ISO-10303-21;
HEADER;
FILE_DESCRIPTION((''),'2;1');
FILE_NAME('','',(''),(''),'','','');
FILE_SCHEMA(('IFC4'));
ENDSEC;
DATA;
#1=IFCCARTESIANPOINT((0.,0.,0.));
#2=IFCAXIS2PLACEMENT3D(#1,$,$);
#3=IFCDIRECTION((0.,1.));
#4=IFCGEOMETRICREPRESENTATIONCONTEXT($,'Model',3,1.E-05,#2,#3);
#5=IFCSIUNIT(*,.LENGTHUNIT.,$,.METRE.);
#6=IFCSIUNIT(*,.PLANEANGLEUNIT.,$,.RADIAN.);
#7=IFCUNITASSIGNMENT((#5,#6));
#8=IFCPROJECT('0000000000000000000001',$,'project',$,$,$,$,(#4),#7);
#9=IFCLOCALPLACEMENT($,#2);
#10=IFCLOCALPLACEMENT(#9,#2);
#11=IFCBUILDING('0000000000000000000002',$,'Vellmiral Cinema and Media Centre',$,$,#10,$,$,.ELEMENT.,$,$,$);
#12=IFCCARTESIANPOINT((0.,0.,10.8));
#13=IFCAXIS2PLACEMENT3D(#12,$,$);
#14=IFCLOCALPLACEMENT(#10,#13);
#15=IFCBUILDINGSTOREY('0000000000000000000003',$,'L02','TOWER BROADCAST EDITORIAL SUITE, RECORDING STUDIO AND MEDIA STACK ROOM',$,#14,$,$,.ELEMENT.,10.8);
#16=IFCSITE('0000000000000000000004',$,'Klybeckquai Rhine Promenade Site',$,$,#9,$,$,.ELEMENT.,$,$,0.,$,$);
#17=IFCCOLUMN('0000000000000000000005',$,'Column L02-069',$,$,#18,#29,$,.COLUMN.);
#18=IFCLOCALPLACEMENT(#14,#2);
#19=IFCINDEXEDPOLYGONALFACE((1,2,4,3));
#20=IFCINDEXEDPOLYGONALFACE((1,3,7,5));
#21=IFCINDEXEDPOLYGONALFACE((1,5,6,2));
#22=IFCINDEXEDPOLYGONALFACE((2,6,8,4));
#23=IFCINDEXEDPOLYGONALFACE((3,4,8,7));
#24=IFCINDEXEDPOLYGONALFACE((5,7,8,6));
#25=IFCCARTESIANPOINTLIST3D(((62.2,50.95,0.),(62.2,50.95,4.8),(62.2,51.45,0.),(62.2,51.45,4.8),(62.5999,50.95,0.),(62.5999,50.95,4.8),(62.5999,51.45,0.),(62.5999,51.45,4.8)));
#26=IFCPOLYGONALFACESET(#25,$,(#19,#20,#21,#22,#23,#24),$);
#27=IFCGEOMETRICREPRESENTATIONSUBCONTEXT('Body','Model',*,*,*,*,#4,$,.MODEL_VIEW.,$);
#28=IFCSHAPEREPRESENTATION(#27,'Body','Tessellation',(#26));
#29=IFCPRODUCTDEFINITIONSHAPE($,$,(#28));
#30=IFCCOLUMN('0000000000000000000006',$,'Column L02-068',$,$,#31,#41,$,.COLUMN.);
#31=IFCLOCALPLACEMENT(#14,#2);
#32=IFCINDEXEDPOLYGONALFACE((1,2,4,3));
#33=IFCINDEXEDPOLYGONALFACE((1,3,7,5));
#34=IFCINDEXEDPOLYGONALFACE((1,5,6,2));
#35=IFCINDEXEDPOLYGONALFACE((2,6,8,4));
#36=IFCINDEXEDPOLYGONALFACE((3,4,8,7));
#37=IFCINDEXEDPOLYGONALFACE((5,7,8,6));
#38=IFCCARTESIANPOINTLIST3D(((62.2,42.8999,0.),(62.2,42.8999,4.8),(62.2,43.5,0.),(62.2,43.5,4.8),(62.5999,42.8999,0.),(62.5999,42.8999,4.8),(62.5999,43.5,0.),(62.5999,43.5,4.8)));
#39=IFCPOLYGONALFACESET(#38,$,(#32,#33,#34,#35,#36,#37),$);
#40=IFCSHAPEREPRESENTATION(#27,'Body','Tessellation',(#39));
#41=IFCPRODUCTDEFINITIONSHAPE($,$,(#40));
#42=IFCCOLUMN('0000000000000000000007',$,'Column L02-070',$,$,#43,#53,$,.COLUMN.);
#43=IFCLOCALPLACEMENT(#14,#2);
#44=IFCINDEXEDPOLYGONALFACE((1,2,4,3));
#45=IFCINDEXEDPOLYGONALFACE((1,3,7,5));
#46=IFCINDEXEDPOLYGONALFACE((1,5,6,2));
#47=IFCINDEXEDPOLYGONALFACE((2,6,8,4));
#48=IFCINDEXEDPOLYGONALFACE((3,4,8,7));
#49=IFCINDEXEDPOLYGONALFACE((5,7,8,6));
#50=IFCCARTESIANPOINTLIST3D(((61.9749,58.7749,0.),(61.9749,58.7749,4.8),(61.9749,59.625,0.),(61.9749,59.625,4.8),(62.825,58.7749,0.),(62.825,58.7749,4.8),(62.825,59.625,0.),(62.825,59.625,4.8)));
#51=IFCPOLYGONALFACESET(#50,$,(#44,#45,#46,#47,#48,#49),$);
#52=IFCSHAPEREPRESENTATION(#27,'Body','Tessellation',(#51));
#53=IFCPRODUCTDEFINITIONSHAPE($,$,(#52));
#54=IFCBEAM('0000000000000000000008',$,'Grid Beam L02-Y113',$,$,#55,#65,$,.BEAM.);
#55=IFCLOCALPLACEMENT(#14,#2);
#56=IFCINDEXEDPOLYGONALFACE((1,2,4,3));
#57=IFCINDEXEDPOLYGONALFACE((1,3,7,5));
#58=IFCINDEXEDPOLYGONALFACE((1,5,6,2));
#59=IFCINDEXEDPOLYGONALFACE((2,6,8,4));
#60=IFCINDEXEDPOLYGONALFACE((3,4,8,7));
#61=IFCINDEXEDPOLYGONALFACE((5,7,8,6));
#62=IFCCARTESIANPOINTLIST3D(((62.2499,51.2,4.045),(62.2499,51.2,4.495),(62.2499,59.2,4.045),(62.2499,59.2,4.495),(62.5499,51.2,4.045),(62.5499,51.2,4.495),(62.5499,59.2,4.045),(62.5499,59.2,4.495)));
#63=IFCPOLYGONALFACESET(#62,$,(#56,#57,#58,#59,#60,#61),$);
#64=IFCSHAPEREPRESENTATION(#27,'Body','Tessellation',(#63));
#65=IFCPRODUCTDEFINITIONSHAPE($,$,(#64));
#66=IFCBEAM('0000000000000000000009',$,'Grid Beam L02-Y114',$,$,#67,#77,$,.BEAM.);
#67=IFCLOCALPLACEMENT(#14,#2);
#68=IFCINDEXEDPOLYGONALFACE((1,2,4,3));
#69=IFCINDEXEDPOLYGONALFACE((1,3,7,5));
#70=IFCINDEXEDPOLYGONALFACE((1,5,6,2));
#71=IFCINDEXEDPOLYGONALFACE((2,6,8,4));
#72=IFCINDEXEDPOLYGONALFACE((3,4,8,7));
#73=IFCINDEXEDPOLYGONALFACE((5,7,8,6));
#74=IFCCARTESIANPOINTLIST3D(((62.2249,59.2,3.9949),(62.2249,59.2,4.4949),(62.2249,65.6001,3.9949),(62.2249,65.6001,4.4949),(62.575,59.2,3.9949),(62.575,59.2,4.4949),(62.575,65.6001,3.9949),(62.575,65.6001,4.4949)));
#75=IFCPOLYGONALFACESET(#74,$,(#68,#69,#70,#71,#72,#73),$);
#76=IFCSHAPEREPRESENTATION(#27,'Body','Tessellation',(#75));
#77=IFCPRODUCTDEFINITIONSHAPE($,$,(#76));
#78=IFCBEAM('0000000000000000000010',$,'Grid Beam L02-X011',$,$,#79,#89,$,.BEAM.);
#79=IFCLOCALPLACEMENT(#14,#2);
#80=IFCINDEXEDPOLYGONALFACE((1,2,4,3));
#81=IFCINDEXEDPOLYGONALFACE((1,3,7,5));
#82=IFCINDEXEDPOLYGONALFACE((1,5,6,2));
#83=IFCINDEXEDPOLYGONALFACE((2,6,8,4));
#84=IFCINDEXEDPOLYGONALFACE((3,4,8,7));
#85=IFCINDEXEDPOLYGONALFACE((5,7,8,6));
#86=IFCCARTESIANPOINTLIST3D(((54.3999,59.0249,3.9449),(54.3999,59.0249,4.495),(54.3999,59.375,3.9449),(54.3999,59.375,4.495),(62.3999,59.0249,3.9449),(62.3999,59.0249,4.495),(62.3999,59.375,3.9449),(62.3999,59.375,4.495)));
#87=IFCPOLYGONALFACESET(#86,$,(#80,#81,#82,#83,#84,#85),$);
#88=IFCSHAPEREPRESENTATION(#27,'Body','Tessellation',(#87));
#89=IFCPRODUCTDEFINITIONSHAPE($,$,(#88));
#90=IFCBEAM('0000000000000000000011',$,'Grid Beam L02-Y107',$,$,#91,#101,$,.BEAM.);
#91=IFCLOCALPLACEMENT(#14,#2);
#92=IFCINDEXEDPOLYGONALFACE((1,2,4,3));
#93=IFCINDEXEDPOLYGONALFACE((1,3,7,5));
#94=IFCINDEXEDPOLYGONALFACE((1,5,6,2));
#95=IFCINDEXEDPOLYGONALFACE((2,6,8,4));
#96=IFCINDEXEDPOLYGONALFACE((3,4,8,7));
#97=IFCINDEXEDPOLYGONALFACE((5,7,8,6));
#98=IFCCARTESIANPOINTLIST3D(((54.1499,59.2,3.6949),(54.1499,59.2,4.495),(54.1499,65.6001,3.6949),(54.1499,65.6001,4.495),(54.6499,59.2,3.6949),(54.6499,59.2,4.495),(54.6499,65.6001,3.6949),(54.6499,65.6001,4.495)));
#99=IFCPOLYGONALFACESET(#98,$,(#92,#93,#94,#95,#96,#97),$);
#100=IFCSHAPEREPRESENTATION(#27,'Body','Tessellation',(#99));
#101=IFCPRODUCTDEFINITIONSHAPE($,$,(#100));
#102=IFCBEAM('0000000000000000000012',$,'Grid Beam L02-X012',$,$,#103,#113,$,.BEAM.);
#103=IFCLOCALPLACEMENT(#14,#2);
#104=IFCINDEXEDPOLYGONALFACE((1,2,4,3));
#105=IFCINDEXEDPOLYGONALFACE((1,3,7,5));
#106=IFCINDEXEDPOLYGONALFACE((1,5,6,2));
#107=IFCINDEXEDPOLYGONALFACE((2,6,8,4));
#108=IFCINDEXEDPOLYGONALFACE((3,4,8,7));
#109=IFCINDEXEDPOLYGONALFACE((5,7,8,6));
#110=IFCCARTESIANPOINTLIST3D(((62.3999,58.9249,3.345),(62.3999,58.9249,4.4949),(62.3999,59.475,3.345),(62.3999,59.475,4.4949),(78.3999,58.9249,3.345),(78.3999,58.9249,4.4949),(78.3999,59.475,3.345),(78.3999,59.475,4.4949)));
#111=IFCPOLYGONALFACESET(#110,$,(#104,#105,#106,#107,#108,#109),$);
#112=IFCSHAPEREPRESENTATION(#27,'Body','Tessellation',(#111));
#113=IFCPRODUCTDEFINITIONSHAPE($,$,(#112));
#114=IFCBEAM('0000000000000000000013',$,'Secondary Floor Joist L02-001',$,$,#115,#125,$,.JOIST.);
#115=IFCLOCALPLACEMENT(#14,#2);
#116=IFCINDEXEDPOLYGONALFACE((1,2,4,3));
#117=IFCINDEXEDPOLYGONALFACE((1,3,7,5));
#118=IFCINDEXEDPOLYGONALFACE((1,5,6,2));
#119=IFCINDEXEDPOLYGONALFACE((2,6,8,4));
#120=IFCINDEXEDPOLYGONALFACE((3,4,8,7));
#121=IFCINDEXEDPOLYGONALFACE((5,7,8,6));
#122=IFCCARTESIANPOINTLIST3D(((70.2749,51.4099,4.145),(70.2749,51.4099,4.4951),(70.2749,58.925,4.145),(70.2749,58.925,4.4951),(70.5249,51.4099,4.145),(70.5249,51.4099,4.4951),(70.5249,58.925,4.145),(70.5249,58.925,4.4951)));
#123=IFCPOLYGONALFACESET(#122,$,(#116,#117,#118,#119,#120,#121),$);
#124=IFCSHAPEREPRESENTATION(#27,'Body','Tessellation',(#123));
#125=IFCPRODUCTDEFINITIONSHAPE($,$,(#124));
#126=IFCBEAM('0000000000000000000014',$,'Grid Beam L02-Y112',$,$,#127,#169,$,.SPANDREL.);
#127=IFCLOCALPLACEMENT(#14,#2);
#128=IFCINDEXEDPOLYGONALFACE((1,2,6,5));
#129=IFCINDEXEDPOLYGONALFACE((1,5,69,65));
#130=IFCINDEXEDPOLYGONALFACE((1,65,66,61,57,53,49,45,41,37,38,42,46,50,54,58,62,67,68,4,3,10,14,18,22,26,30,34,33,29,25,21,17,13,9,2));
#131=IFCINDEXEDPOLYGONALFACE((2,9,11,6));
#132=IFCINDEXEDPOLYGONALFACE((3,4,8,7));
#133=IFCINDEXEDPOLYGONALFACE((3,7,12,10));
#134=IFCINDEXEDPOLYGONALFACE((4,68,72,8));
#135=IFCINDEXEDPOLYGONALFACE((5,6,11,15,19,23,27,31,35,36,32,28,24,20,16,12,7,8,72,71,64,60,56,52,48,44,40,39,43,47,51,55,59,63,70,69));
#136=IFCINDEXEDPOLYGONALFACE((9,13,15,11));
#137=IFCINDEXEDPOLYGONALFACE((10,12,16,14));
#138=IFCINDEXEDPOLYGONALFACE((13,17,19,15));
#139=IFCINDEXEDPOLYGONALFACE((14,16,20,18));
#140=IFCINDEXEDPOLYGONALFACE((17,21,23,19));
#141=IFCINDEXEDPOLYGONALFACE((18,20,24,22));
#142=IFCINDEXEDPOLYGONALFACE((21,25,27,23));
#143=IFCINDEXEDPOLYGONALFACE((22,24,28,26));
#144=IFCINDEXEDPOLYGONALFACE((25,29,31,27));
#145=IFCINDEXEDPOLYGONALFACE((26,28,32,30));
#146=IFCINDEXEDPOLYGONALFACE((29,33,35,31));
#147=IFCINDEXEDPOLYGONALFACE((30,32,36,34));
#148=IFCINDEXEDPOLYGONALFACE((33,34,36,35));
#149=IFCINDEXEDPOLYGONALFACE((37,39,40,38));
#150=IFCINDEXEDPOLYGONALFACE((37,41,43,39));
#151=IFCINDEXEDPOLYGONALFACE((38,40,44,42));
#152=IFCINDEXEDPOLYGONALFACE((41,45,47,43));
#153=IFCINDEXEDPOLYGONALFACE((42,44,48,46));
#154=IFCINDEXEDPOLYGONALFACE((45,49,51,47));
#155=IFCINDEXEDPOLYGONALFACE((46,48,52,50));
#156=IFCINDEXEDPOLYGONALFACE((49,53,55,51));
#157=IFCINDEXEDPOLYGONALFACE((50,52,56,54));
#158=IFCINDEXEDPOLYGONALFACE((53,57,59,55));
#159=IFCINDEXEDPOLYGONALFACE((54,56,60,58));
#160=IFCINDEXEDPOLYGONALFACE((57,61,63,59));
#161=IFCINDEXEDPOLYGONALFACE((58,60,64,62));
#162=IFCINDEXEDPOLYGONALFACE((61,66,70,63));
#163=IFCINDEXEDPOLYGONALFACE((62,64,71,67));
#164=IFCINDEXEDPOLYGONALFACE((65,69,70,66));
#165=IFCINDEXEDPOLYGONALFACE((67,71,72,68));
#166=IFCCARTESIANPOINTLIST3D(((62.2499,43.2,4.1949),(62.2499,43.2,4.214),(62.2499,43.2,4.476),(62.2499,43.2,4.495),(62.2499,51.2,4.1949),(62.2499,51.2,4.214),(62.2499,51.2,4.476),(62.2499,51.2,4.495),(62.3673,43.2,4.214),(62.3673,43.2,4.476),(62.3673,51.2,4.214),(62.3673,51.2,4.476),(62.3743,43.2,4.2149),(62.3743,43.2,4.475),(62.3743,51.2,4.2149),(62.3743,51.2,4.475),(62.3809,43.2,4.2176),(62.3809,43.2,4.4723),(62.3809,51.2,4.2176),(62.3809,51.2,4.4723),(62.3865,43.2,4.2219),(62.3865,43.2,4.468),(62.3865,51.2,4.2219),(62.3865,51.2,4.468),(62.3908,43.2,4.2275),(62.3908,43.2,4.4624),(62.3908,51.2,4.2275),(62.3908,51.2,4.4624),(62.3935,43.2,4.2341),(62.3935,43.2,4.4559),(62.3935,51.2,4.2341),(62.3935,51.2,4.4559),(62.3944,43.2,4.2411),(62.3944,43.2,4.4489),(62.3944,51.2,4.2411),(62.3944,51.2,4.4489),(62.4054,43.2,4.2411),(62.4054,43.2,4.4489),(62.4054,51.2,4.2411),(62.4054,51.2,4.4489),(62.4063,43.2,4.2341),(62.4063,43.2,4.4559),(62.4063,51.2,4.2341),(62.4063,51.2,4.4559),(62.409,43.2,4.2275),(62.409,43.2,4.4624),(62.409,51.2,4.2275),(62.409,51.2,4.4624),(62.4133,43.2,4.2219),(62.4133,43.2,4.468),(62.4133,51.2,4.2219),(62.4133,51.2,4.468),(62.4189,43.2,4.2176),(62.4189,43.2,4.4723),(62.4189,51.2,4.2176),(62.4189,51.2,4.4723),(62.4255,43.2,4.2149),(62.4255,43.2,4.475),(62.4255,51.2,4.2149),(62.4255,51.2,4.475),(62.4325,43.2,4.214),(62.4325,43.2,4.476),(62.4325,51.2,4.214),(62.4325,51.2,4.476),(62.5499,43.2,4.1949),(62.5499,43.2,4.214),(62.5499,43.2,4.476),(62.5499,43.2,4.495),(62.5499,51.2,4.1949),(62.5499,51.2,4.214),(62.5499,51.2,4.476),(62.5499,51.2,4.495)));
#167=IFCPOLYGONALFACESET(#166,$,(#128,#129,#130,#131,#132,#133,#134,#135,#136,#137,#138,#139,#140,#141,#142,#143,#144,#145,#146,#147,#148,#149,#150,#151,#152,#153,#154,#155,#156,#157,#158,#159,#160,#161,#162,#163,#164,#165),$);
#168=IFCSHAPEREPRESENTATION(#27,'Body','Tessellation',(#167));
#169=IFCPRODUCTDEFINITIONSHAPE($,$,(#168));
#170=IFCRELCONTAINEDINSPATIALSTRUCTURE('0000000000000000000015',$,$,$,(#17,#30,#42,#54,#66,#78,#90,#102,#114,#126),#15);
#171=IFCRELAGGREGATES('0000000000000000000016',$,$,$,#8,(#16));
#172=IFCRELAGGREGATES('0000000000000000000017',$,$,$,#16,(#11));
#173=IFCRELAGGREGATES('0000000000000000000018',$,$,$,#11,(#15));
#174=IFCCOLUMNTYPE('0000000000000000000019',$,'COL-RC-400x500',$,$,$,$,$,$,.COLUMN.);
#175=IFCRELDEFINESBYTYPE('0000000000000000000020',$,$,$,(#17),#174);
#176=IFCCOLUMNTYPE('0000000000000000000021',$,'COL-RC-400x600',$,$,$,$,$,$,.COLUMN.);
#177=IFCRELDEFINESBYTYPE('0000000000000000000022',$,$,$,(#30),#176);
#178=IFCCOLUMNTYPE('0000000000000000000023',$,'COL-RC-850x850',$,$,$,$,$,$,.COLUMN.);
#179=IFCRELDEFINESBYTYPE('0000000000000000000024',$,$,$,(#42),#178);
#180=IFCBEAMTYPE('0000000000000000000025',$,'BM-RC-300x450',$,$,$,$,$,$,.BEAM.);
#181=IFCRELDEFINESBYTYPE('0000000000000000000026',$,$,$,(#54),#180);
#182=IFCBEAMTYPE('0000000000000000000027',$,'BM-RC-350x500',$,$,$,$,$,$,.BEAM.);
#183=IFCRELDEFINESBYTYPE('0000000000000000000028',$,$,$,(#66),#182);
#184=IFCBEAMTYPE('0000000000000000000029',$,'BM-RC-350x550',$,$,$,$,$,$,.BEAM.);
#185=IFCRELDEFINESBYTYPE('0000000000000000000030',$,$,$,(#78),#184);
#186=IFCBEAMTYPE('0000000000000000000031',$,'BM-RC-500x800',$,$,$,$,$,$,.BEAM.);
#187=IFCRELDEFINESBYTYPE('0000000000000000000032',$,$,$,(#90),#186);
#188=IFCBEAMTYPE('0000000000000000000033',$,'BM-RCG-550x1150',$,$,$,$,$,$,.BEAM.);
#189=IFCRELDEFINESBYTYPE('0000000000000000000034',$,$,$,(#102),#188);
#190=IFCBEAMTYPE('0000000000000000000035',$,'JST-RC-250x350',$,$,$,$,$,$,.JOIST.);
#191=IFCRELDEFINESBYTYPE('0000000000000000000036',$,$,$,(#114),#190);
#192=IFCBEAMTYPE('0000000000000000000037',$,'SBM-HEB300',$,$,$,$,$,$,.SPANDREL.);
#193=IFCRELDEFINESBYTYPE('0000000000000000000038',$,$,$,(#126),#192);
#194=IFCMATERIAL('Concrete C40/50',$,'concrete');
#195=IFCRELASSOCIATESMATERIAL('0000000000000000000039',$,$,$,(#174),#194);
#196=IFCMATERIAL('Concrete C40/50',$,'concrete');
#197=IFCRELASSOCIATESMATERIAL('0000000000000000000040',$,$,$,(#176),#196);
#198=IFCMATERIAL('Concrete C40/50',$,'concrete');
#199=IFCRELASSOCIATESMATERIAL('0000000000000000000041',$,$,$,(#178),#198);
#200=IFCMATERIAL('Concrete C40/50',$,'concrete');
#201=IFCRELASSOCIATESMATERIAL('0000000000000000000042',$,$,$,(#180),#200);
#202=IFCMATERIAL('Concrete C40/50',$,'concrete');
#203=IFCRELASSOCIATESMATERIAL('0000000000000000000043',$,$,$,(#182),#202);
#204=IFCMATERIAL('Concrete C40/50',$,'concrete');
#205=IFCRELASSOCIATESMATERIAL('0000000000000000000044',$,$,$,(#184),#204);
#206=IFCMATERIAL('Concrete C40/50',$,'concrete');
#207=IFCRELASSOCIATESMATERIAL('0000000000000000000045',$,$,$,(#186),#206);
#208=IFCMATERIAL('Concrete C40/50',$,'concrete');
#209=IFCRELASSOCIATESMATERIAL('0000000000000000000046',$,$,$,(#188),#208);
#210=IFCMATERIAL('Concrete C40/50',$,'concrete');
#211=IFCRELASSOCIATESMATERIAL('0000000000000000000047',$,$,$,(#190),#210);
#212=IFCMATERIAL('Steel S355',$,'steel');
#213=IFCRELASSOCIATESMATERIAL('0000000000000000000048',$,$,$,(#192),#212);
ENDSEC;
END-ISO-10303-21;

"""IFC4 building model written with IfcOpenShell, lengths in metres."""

from ifc_helpers import new_model, si_unit, direction, frame, origin, origin_2d, place, context, subcontext, project, spatial, rectangle, i_section, extrude, material, material_profile, profile_set, type_object, element, save


model = new_model("IFC4")

# Units and contexts
model_context = context("Model", 3, precision=1e-05, world=origin(), true_north=direction((0.0, 1.0)))
body_context = subcontext(model_context, "Body", "Model", "MODEL_VIEW")
ifc_project = project(units=[si_unit("LENGTHUNIT", "METRE"), si_unit("PLANEANGLEUNIT", "RADIAN")], contexts=[model_context])

# Site, building, storey
site_placement = place(None, origin())
site = spatial("IfcSite", under=ifc_project, at=site_placement, Name="Klybeckquai Rhine Promenade Site", CompositionType="ELEMENT", RefElevation=0.0)
building_placement = place(site_placement, origin())
building = spatial("IfcBuilding", under=site, at=building_placement, Name="Vellmiral Cinema and Media Centre", CompositionType="ELEMENT")
storey_placement = place(building_placement, frame((0.0, 0.0, 10.8)))
storey = spatial("IfcBuildingStorey", under=building, at=storey_placement, Name="L02", Description="TOWER BROADCAST EDITORIAL SUITE, RECORDING STUDIO AND MEDIA STACK ROOM", CompositionType="ELEMENT", Elevation=10.8)

# Columns
ifc_material_1 = material(Name="Concrete C40/50", Category="concrete")
ifc_material_profile_1 = material_profile(ifc_material_1, rectangle(XDim=0.3999, YDim=0.5, at=origin_2d()), Name="RC 400x500")
ifc_profile_set_1 = profile_set([ifc_material_profile_1], Name="Concrete C40/50")
column_type_1 = type_object("IfcColumnType", Name="COL-RC-400x500", PredefinedType="COLUMN", material=ifc_profile_set_1)
column_1_placement = place(storey_placement, frame((62.3999, 51.2, 0.0), z_axis=(0.0, 0.0, 1.0), x_axis=(1.0, 0.0, 0.0)))
element("IfcColumn", 1, at=column_1_placement, inside=storey, type_object=column_type_1, Name="Column L02-069", PredefinedType="COLUMN", context=body_context, shape_type="SweptSolid", body=[
    extrude(rectangle(XDim=0.3999, YDim=0.5, at=origin_2d()), origin(), (0.0, 0.0, 1.0), 4.8),
])
ifc_material_2 = material(Name="Concrete C40/50", Category="concrete")
ifc_material_profile_2 = material_profile(ifc_material_2, rectangle(XDim=0.3999, YDim=0.6001, at=origin_2d()), Name="RC 400x600")
ifc_profile_set_2 = profile_set([ifc_material_profile_2], Name="Concrete C40/50")
column_type_2 = type_object("IfcColumnType", Name="COL-RC-400x600", PredefinedType="COLUMN", material=ifc_profile_set_2)
column_2_placement = place(storey_placement, frame((62.3999, 43.2, 0.0), z_axis=(0.0, 0.0, 1.0), x_axis=(1.0, 0.0, 0.0)))
element("IfcColumn", 2, at=column_2_placement, inside=storey, type_object=column_type_2, Name="Column L02-068", PredefinedType="COLUMN", context=body_context, shape_type="SweptSolid", body=[
    extrude(rectangle(XDim=0.3999, YDim=0.6001, at=origin_2d()), origin(), (0.0, 0.0, 1.0), 4.8),
])
ifc_material_3 = material(Name="Concrete C40/50", Category="concrete")
ifc_material_profile_3 = material_profile(ifc_material_3, rectangle(XDim=0.8501, YDim=0.8501, at=origin_2d()), Name="RC 850x850")
ifc_profile_set_3 = profile_set([ifc_material_profile_3], Name="Concrete C40/50")
column_type_3 = type_object("IfcColumnType", Name="COL-RC-850x850", PredefinedType="COLUMN", material=ifc_profile_set_3)
column_3_placement = place(storey_placement, frame((62.3999, 59.2, 0.0), z_axis=(0.0, 0.0, 1.0), x_axis=(1.0, 0.0, 0.0)))
element("IfcColumn", 3, at=column_3_placement, inside=storey, type_object=column_type_3, Name="Column L02-070", PredefinedType="COLUMN", context=body_context, shape_type="SweptSolid", body=[
    extrude(rectangle(XDim=0.8501, YDim=0.8501, at=origin_2d()), origin(), (0.0, 0.0, 1.0), 4.8),
])

# Beams
ifc_material_4 = material(Name="Concrete C40/50", Category="concrete")
ifc_material_profile_4 = material_profile(ifc_material_4, rectangle(XDim=0.3, YDim=0.45, at=origin_2d()), Name="RC 300x450")
ifc_profile_set_4 = profile_set([ifc_material_profile_4], Name="Concrete C40/50")
beam_type_1 = type_object("IfcBeamType", Name="BM-RC-300x450", PredefinedType="BEAM", material=ifc_profile_set_4)
beam_1_placement = place(storey_placement, frame((62.3999, 51.2, 4.27), z_axis=(0.0, 1.0, 0.0), x_axis=(-1.0, 0.0, 0.0)))
element("IfcBeam", 4, at=beam_1_placement, inside=storey, type_object=beam_type_1, Name="Grid Beam L02-Y113", PredefinedType="BEAM", context=body_context, shape_type="SweptSolid", body=[
    extrude(rectangle(XDim=0.3, YDim=0.45, at=origin_2d()), origin(), (0.0, 0.0, 1.0), 8.0),
])
ifc_material_5 = material(Name="Concrete C40/50", Category="concrete")
ifc_material_profile_5 = material_profile(ifc_material_5, rectangle(XDim=0.3501, YDim=0.5, at=origin_2d()), Name="RC 350x500")
ifc_profile_set_5 = profile_set([ifc_material_profile_5], Name="Concrete C40/50")
beam_type_2 = type_object("IfcBeamType", Name="BM-RC-350x500", PredefinedType="BEAM", material=ifc_profile_set_5)
beam_2_placement = place(storey_placement, frame((62.3999, 59.2, 4.2449), z_axis=(0.0, 1.0, 0.0), x_axis=(-1.0, 0.0, 0.0)))
element("IfcBeam", 5, at=beam_2_placement, inside=storey, type_object=beam_type_2, Name="Grid Beam L02-Y114", PredefinedType="BEAM", context=body_context, shape_type="SweptSolid", body=[
    extrude(rectangle(XDim=0.3501, YDim=0.5, at=origin_2d()), origin(), (0.0, 0.0, 1.0), 6.4001),
])
ifc_material_6 = material(Name="Concrete C40/50", Category="concrete")
ifc_material_profile_6 = material_profile(ifc_material_6, rectangle(XDim=0.3501, YDim=0.55, at=origin_2d()), Name="RC 350x550")
ifc_profile_set_6 = profile_set([ifc_material_profile_6], Name="Concrete C40/50")
beam_type_3 = type_object("IfcBeamType", Name="BM-RC-350x550", PredefinedType="BEAM", material=ifc_profile_set_6)
beam_3_placement = place(storey_placement, frame((54.3999, 59.2, 4.22), z_axis=(1.0, 0.0, 0.0), x_axis=(0.0, 1.0, 0.0)))
element("IfcBeam", 6, at=beam_3_placement, inside=storey, type_object=beam_type_3, Name="Grid Beam L02-X011", PredefinedType="BEAM", context=body_context, shape_type="SweptSolid", body=[
    extrude(rectangle(XDim=0.3501, YDim=0.55, at=origin_2d()), origin(), (0.0, 0.0, 1.0), 8.0),
])
ifc_material_7 = material(Name="Concrete C40/50", Category="concrete")
ifc_material_profile_7 = material_profile(ifc_material_7, rectangle(XDim=0.5, YDim=0.8, at=origin_2d()), Name="RC 500x800")
ifc_profile_set_7 = profile_set([ifc_material_profile_7], Name="Concrete C40/50")
beam_type_4 = type_object("IfcBeamType", Name="BM-RC-500x800", PredefinedType="BEAM", material=ifc_profile_set_7)
beam_4_placement = place(storey_placement, frame((54.3999, 59.2, 4.095), z_axis=(0.0, 1.0, 0.0), x_axis=(-1.0, 0.0, 0.0)))
element("IfcBeam", 7, at=beam_4_placement, inside=storey, type_object=beam_type_4, Name="Grid Beam L02-Y107", PredefinedType="BEAM", context=body_context, shape_type="SweptSolid", body=[
    extrude(rectangle(XDim=0.5, YDim=0.8, at=origin_2d()), origin(), (0.0, 0.0, 1.0), 6.4001),
])
ifc_material_8 = material(Name="Concrete C40/50", Category="concrete")
ifc_material_profile_8 = material_profile(ifc_material_8, rectangle(XDim=0.55, YDim=1.1499, at=origin_2d()), Name="RC 550x1150")
ifc_profile_set_8 = profile_set([ifc_material_profile_8], Name="Concrete C40/50")
beam_type_5 = type_object("IfcBeamType", Name="BM-RCG-550x1150", PredefinedType="BEAM", material=ifc_profile_set_8)
beam_5_placement = place(storey_placement, frame((62.3999, 59.2, 3.9199), z_axis=(1.0, 0.0, 0.0), x_axis=(0.0, 1.0, 0.0)))
element("IfcBeam", 8, at=beam_5_placement, inside=storey, type_object=beam_type_5, Name="Grid Beam L02-X012", PredefinedType="BEAM", context=body_context, shape_type="SweptSolid", body=[
    extrude(rectangle(XDim=0.55, YDim=1.1499, at=origin_2d()), origin(), (0.0, 0.0, 1.0), 16.0),
])
ifc_material_9 = material(Name="Concrete C40/50", Category="concrete")
ifc_material_profile_9 = material_profile(ifc_material_9, rectangle(XDim=0.25, YDim=0.3501, at=origin_2d()), Name="RC 250x350")
ifc_profile_set_9 = profile_set([ifc_material_profile_9], Name="Concrete C40/50")
beam_type_6 = type_object("IfcBeamType", Name="JST-RC-250x350", PredefinedType="JOIST", material=ifc_profile_set_9)
beam_6_placement = place(storey_placement, frame((70.3999, 51.4099, 4.3201), z_axis=(0.0, 1.0, 0.0), x_axis=(-1.0, 0.0, 0.0)))
element("IfcBeam", 9, at=beam_6_placement, inside=storey, type_object=beam_type_6, Name="Secondary Floor Joist L02-001", PredefinedType="JOIST", context=body_context, shape_type="SweptSolid", body=[
    extrude(rectangle(XDim=0.25, YDim=0.3501, at=origin_2d()), origin(), (0.0, 0.0, 1.0), 7.5151),
])
ifc_material_10 = material(Name="Steel S355", Category="steel")
ifc_material_profile_10 = material_profile(ifc_material_10, i_section(OverallWidth=0.3, OverallDepth=0.3, WebThickness=0.011, FlangeThickness=0.019, FilletRadius=0.0271, at=origin_2d()), Name="HEB 300")
ifc_profile_set_10 = profile_set([ifc_material_profile_10], Name="Steel S355")
beam_type_7 = type_object("IfcBeamType", Name="SBM-HEB300", PredefinedType="SPANDREL", material=ifc_profile_set_10)
beam_7_placement = place(storey_placement, frame((62.3999, 43.2, 4.345), z_axis=(0.0, 1.0, 0.0), x_axis=(-1.0, 0.0, 0.0)))
element("IfcBeam", 10, at=beam_7_placement, inside=storey, type_object=beam_type_7, Name="Grid Beam L02-Y112", PredefinedType="SPANDREL", context=body_context, shape_type="SweptSolid", body=[
    extrude(i_section(OverallWidth=0.3, OverallDepth=0.3, WebThickness=0.011, FlangeThickness=0.019, FilletRadius=0.0271, at=origin_2d()), origin(), (0.0, 0.0, 1.0), 8.0),
])

save(model, "model.ifc")
